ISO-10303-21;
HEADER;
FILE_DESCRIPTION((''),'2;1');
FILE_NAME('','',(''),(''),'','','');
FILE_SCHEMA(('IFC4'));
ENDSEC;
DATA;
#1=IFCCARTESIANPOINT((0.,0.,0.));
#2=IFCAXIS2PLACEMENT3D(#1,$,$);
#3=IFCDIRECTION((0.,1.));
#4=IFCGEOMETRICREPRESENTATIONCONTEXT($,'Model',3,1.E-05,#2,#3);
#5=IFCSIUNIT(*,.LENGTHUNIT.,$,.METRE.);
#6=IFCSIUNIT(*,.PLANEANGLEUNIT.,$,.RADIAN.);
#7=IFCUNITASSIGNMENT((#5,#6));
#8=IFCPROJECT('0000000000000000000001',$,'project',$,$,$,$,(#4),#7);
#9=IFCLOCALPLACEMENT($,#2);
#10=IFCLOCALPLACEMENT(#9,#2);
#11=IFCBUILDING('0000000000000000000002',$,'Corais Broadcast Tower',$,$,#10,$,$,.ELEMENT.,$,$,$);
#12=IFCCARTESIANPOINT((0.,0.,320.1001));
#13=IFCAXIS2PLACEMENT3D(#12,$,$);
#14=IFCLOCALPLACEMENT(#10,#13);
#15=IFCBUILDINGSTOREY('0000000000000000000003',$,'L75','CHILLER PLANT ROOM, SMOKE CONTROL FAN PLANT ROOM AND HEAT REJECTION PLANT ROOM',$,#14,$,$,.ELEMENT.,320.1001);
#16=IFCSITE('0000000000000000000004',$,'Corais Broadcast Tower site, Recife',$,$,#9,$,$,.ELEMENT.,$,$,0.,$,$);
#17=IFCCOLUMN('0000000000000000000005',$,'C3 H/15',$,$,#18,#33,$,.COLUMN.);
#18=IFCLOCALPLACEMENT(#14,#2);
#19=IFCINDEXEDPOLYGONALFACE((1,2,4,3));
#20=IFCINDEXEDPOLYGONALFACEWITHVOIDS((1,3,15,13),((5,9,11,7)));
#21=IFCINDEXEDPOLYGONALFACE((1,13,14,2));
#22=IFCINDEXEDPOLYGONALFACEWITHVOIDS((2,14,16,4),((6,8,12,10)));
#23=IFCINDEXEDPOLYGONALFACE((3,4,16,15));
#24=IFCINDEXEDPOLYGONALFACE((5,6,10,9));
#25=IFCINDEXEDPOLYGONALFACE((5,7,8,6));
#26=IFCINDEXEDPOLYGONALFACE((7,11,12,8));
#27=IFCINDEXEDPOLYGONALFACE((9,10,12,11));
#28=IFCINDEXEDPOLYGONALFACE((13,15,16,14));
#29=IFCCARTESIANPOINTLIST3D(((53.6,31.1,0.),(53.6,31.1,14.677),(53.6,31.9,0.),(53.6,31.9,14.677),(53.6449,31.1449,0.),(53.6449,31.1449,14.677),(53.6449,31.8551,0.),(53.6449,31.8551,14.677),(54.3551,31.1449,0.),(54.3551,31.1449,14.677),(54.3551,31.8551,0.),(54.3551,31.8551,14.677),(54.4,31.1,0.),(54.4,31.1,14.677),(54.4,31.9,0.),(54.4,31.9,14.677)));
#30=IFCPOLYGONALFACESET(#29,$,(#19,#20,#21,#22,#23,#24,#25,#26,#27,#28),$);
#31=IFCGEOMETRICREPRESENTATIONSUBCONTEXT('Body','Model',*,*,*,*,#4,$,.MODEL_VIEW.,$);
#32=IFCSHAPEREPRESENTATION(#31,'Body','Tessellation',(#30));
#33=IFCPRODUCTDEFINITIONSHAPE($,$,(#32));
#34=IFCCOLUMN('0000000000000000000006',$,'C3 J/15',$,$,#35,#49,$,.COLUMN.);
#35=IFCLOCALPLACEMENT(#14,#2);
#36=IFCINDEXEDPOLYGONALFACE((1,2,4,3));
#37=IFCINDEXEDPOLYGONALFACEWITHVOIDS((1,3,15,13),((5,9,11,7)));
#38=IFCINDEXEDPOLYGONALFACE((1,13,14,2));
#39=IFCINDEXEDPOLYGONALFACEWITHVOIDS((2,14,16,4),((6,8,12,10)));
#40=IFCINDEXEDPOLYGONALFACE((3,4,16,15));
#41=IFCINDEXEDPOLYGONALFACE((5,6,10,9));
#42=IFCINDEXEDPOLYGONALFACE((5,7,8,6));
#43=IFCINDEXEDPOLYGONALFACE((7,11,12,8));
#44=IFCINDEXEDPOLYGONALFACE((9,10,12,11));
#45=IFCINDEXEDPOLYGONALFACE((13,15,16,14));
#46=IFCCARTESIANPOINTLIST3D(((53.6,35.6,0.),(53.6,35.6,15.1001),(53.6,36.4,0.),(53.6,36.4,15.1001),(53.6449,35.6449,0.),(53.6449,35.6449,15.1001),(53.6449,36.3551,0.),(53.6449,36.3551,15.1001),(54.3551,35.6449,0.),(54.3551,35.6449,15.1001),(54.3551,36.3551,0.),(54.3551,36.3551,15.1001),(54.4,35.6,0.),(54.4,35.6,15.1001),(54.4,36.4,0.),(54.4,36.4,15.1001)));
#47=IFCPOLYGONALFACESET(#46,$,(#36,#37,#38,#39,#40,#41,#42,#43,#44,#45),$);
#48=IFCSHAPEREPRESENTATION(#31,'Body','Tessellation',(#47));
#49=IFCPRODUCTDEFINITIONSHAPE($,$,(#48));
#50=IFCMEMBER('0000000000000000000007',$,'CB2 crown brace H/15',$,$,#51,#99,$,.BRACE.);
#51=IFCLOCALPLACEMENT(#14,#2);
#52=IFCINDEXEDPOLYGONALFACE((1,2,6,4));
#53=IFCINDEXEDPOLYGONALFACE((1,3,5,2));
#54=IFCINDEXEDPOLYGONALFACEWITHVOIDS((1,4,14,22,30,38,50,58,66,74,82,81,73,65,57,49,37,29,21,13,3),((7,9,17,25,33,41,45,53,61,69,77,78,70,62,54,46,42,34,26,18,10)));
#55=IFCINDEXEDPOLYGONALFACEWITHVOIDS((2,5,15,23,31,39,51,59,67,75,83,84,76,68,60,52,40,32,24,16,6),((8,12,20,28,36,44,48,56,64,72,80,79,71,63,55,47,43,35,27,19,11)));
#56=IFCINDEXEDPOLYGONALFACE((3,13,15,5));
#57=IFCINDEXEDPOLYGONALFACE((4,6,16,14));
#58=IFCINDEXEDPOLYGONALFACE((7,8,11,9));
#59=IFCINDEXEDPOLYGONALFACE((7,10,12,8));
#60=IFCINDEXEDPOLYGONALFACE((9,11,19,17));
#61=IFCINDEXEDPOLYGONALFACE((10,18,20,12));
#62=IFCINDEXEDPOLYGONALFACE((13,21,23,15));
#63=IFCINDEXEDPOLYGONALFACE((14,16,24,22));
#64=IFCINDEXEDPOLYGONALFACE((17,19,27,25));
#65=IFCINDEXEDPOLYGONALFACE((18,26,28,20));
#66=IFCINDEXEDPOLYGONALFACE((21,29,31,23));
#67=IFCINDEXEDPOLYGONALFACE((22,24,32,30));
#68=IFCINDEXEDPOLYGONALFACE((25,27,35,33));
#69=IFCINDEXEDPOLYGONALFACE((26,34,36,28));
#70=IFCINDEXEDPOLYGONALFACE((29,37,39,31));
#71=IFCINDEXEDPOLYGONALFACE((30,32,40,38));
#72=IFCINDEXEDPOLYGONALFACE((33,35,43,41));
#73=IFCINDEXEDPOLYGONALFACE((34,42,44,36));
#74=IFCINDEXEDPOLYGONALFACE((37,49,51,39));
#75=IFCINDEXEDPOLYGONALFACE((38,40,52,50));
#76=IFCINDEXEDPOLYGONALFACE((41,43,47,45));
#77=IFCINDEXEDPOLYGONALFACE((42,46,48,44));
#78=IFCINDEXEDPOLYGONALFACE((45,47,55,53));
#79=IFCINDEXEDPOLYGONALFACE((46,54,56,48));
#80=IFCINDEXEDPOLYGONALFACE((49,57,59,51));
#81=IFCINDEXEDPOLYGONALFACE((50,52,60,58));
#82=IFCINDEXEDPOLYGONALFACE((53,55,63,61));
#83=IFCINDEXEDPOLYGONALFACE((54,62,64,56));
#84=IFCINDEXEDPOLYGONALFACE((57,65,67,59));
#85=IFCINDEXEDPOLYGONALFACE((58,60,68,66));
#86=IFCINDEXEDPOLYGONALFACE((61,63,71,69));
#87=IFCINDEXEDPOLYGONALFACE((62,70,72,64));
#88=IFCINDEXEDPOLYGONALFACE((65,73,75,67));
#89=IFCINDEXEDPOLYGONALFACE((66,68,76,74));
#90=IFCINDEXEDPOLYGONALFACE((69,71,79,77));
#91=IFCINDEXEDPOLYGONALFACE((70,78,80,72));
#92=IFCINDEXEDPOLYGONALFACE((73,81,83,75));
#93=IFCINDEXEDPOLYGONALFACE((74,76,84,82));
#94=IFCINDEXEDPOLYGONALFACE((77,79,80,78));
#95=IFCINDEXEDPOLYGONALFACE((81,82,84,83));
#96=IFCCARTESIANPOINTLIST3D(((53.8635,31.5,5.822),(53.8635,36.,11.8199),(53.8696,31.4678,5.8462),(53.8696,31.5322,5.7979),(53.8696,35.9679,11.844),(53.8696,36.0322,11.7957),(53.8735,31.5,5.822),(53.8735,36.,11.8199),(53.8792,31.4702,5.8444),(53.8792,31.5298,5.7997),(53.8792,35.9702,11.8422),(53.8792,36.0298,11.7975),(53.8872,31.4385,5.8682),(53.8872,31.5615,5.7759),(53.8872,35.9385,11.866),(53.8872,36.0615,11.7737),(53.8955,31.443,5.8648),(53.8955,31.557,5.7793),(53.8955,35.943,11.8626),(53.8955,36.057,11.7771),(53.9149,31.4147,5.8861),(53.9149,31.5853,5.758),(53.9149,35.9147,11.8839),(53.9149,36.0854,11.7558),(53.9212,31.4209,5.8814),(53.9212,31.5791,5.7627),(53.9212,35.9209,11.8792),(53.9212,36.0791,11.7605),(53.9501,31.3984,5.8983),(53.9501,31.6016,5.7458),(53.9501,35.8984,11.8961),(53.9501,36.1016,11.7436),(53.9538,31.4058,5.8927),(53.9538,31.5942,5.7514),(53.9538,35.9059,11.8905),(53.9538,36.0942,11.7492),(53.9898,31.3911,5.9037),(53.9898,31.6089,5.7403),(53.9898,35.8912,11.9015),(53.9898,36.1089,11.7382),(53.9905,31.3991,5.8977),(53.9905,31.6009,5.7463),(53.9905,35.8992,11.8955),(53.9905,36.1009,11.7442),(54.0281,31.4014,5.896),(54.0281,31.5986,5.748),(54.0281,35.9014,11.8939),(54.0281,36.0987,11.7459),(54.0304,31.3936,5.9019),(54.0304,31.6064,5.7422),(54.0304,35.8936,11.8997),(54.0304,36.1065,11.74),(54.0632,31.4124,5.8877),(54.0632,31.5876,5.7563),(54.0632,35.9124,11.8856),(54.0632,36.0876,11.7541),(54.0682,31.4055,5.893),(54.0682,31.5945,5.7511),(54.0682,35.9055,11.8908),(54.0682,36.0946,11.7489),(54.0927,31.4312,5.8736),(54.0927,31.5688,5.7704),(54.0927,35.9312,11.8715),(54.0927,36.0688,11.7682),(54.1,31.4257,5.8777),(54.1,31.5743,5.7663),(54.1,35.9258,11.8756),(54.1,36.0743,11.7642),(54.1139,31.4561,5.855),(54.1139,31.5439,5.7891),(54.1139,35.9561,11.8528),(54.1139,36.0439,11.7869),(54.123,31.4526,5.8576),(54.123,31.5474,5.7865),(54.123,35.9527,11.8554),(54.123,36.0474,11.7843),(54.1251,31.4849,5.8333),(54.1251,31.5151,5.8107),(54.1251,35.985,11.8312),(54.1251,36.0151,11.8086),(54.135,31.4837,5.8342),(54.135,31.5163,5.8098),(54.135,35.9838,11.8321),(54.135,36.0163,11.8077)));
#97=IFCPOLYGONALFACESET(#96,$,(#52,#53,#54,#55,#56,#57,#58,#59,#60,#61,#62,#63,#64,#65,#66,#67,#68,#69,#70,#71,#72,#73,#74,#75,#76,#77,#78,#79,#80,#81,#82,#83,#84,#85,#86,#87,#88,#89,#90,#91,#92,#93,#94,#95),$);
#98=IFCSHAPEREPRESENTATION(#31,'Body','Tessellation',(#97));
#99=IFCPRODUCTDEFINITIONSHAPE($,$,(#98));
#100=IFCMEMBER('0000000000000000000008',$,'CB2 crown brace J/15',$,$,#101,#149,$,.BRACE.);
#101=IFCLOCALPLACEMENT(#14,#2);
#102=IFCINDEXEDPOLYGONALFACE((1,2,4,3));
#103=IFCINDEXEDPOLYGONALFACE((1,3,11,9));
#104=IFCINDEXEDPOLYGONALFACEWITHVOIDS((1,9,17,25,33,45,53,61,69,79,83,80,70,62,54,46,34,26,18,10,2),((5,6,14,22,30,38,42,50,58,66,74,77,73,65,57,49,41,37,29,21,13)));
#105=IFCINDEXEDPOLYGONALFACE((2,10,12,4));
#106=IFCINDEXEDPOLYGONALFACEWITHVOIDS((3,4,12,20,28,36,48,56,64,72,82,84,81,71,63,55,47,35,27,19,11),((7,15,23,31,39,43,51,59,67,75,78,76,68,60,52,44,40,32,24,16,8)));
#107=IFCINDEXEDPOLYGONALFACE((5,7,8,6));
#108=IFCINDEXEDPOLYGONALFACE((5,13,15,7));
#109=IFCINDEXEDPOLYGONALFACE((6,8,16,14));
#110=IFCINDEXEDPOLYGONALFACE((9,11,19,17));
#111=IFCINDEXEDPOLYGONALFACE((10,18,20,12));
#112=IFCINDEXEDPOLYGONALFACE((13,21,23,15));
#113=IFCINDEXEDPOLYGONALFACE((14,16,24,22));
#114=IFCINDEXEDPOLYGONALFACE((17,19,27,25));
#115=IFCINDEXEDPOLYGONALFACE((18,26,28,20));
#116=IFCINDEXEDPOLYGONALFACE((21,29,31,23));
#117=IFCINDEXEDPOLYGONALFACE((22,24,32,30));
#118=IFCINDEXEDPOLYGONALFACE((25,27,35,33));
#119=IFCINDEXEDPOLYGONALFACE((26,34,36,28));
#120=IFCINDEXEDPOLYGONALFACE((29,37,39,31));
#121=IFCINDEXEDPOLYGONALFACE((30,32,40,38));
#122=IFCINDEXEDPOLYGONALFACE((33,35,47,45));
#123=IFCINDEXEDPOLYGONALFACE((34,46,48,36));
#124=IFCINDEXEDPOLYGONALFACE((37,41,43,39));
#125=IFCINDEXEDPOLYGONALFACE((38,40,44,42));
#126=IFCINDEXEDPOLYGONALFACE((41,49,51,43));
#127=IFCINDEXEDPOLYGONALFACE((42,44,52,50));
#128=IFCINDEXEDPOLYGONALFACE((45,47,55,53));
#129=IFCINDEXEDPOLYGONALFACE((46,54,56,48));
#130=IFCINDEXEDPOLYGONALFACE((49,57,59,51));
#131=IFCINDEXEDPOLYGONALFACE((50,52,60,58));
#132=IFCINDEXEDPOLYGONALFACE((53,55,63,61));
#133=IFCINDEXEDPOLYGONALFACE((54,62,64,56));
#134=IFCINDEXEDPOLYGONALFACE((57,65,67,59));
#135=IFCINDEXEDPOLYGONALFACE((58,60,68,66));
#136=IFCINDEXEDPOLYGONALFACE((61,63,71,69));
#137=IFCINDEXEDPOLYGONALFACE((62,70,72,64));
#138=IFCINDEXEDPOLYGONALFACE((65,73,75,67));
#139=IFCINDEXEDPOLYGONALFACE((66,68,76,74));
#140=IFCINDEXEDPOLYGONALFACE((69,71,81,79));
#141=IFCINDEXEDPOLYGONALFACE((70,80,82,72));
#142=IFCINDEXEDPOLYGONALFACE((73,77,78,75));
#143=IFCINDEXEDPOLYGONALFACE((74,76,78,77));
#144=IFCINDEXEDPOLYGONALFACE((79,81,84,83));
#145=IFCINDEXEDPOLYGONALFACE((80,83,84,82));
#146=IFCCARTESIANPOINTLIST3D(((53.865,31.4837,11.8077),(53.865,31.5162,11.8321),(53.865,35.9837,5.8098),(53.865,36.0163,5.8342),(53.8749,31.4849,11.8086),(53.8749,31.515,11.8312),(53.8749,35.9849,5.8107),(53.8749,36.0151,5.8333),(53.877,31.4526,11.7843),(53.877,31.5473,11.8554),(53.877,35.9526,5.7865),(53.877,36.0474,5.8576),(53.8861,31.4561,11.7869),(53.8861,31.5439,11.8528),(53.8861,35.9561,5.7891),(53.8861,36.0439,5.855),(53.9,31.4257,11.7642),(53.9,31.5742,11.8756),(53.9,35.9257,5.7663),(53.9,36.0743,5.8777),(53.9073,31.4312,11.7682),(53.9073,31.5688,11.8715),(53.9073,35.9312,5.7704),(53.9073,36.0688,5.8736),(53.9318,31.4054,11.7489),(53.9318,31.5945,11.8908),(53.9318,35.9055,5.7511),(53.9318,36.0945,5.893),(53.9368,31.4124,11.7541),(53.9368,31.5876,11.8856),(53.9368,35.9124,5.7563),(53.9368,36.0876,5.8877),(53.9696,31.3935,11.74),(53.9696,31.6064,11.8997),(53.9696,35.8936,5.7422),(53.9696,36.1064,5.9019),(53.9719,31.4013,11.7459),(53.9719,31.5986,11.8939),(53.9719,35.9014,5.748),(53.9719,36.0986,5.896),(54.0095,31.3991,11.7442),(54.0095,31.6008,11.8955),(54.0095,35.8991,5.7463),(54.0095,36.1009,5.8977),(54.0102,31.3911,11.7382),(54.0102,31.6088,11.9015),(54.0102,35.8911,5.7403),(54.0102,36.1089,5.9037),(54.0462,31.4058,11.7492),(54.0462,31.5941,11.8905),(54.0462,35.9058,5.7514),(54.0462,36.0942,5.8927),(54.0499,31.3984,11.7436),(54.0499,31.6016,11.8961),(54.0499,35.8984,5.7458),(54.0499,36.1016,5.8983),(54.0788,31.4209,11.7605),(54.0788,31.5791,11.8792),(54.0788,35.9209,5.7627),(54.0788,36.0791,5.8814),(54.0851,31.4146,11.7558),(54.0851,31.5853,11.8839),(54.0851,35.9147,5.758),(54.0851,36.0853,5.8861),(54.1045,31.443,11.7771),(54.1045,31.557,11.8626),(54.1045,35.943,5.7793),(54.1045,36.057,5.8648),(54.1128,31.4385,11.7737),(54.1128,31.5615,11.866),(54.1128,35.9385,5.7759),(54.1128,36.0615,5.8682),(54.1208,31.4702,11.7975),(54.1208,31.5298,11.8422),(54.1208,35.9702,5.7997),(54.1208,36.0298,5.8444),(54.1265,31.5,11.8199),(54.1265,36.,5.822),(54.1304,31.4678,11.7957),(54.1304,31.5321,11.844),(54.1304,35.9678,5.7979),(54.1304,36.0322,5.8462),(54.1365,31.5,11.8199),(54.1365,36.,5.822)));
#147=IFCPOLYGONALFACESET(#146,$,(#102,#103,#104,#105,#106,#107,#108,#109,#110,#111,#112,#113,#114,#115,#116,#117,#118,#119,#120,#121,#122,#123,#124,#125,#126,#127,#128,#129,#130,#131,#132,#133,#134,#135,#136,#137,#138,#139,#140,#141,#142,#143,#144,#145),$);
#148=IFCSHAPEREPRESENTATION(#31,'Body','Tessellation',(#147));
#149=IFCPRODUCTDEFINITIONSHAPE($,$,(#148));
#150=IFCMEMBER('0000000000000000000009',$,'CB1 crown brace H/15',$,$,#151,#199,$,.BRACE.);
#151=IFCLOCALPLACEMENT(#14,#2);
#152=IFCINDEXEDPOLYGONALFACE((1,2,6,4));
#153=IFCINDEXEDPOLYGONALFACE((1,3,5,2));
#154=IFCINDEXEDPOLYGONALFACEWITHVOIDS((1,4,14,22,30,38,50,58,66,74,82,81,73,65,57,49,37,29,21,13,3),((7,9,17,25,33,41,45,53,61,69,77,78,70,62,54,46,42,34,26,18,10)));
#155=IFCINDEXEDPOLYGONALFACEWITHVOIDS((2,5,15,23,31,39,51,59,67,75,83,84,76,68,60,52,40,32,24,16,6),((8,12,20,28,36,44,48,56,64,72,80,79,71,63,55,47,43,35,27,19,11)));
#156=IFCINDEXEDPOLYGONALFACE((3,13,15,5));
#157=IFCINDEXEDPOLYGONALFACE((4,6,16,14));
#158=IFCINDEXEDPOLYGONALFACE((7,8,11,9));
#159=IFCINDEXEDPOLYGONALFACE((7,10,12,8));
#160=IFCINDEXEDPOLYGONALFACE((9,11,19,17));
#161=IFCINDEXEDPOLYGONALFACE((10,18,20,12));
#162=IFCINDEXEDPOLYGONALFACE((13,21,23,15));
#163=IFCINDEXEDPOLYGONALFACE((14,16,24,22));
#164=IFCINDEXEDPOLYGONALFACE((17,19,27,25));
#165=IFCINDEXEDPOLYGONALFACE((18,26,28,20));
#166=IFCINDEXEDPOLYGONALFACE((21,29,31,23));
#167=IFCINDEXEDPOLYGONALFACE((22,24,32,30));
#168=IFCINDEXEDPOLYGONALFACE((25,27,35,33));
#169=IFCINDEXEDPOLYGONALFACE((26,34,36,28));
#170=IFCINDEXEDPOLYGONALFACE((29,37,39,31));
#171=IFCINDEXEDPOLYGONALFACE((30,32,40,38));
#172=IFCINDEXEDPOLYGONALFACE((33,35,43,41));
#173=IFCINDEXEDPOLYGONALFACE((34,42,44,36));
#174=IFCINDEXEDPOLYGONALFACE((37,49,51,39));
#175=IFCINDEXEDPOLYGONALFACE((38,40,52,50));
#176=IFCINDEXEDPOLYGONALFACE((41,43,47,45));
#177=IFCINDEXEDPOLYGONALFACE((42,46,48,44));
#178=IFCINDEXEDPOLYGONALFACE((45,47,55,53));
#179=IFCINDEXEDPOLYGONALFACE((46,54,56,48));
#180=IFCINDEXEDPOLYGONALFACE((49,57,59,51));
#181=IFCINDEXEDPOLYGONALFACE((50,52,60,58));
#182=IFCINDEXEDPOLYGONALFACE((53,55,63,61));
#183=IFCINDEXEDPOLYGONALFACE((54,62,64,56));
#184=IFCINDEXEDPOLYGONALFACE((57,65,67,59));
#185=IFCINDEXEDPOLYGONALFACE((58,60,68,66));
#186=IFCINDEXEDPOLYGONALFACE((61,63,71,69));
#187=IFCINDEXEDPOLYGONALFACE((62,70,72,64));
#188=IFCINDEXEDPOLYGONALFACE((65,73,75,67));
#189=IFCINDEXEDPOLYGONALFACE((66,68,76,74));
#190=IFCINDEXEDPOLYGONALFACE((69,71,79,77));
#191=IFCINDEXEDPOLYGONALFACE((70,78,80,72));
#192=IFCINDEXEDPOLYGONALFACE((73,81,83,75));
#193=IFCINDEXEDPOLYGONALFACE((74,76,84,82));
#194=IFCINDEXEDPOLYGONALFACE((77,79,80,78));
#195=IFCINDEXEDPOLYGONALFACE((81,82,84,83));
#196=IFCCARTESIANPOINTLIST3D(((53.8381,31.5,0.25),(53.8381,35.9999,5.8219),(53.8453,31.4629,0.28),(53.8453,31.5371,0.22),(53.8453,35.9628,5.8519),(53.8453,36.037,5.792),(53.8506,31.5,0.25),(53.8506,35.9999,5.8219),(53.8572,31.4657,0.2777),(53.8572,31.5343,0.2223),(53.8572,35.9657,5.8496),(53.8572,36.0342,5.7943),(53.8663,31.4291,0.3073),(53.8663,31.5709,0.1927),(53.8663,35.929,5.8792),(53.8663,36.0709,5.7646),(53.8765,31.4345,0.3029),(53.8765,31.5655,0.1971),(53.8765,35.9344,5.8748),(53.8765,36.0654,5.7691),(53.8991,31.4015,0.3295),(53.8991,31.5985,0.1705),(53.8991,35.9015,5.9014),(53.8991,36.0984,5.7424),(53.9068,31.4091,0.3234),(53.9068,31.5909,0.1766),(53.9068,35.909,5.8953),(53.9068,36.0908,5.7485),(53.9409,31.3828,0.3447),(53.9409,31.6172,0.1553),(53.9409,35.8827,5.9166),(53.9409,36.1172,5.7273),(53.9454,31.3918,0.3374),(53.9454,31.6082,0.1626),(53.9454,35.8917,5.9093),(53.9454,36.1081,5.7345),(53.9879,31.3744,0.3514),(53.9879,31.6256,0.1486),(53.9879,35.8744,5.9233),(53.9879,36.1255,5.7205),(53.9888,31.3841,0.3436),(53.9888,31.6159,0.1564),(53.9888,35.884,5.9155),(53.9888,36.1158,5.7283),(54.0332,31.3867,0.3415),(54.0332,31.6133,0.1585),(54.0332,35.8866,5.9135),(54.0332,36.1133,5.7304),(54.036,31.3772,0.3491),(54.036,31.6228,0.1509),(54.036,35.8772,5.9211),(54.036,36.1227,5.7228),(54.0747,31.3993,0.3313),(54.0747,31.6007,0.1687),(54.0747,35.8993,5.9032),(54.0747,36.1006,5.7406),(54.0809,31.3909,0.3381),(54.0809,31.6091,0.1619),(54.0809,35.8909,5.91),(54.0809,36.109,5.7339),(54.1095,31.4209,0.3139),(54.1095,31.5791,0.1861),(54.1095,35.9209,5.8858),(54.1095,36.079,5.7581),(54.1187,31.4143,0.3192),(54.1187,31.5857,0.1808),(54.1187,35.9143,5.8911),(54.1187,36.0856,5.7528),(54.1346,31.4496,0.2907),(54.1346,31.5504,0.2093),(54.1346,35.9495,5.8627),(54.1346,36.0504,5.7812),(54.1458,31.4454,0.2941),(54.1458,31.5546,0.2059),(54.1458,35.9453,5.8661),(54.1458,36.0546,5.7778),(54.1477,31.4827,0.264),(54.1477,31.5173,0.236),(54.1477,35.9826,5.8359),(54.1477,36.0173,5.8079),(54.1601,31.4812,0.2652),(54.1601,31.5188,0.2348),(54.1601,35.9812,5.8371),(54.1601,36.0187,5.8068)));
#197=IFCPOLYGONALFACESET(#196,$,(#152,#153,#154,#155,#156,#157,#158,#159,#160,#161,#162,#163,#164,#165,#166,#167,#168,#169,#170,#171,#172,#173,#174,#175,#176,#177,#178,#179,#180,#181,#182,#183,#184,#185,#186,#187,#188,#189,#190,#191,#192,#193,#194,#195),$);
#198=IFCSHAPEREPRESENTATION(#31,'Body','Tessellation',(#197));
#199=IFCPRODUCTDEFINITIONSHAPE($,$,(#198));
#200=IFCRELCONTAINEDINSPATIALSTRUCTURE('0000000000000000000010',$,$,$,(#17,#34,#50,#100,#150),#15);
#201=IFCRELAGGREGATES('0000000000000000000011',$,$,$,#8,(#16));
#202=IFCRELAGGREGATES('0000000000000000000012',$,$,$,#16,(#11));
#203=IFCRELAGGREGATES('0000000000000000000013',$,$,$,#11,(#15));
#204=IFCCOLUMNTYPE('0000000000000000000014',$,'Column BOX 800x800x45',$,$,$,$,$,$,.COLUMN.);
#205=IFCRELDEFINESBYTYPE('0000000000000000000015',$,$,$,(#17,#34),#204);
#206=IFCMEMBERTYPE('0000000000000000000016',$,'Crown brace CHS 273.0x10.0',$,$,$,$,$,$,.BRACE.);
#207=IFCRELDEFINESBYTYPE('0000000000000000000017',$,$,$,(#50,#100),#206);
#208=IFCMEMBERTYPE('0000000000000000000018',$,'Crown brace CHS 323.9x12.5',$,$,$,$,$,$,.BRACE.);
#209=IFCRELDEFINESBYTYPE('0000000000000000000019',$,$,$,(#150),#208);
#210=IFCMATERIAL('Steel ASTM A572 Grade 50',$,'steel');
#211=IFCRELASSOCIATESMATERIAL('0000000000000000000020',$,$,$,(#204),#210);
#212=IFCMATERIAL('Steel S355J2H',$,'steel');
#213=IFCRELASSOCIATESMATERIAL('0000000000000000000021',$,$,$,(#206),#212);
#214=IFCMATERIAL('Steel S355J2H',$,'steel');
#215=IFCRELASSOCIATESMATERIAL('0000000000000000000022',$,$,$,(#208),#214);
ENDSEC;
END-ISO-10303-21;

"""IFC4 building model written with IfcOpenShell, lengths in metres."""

from ifc_helpers import new_model, si_unit, direction, frame, origin, origin_2d, place, context, subcontext, project, spatial, hollow_rectangle, hollow_circle, extrude, material, material_profile, profile_set, type_object, element, save


model = new_model("IFC4")

# Units and contexts
model_context = context("Model", 3, precision=1e-05, world=origin(), true_north=direction((0.0, 1.0)))
body_context = subcontext(model_context, "Body", "Model", "MODEL_VIEW")
ifc_project = project(units=[si_unit("LENGTHUNIT", "METRE"), si_unit("PLANEANGLEUNIT", "RADIAN")], contexts=[model_context])

# Site, building, storey
site_placement = place(None, origin())
site = spatial("IfcSite", under=ifc_project, at=site_placement, Name="Corais Broadcast Tower site, Recife", CompositionType="ELEMENT", RefElevation=0.0)
building_placement = place(site_placement, origin())
building = spatial("IfcBuilding", under=site, at=building_placement, Name="Corais Broadcast Tower", CompositionType="ELEMENT")
storey_placement = place(building_placement, frame((0.0, 0.0, 320.1001)))
storey = spatial("IfcBuildingStorey", under=building, at=storey_placement, Name="L75", Description="CHILLER PLANT ROOM, SMOKE CONTROL FAN PLANT ROOM AND HEAT REJECTION PLANT ROOM", CompositionType="ELEMENT", Elevation=320.1001)

# Columns
ifc_material_1 = material(Name="Steel ASTM A572 Grade 50", Category="steel")
ifc_material_profile_1 = material_profile(ifc_material_1, hollow_rectangle(XDim=0.8, YDim=0.8, WallThickness=0.0449, at=origin_2d()), Name="BOX 800x800x45")
ifc_profile_set_1 = profile_set([ifc_material_profile_1], Name="Steel ASTM A572 Grade 50")
column_type = type_object("IfcColumnType", Name="Column BOX 800x800x45", PredefinedType="COLUMN", material=ifc_profile_set_1)
column_1_placement = place(storey_placement, frame((54.0, 31.5, 0.0), z_axis=(0.0, 0.0, 1.0), x_axis=(1.0, 0.0, 0.0)))
element("IfcColumn", 1, at=column_1_placement, inside=storey, type_object=column_type, Name="C3 H/15", PredefinedType="COLUMN", context=body_context, shape_type="SweptSolid", body=[
    extrude(hollow_rectangle(XDim=0.8, YDim=0.8, WallThickness=0.0449, at=origin_2d()), origin(), (0.0, 0.0, 1.0), 14.677),
])
column_2_placement = place(storey_placement, frame((54.0, 36.0, 0.0), z_axis=(0.0, 0.0, 1.0), x_axis=(1.0, 0.0, 0.0)))
element("IfcColumn", 2, at=column_2_placement, inside=storey, type_object=column_type, Name="C3 J/15", PredefinedType="COLUMN", context=body_context, shape_type="SweptSolid", body=[
    extrude(hollow_rectangle(XDim=0.8, YDim=0.8, WallThickness=0.0449, at=origin_2d()), origin(), (0.0, 0.0, 1.0), 15.1001),
])

# Members
ifc_material_2 = material(Name="Steel S355J2H", Category="steel")
ifc_material_profile_2 = material_profile(ifc_material_2, hollow_circle(Radius=0.1365, WallThickness=0.01, at=origin_2d()), Name="CHS 273.0x10.0")
ifc_profile_set_2 = profile_set([ifc_material_profile_2], Name="Steel S355J2H")
member_type_1 = type_object("IfcMemberType", Name="Crown brace CHS 273.0x10.0", PredefinedType="BRACE", material=ifc_profile_set_2)
for number, where, z_axis, x_axis, name in (
    (3, (54.0, 31.5, 5.822), (0.0, 0.600141, 0.799894), (-1.0, 0.0, 0.0), "CB2 crown brace H/15"),
    (4, (54.0, 36.0, 5.822), (0.0, -0.600141, 0.799894), (1.0, 0.0, 0.0), "CB2 crown brace J/15"),
):
    element("IfcMember", number, at=place(storey_placement, frame(where, z_axis=z_axis, x_axis=x_axis)), inside=storey, type_object=member_type_1, Name=name, PredefinedType="BRACE", context=body_context, shape_type="SweptSolid", body=[
        extrude(hollow_circle(Radius=0.1365, WallThickness=0.01, at=origin_2d()), origin(), (0.0, 0.0, 1.0), 7.4983),
    ])
ifc_material_3 = material(Name="Steel S355J2H", Category="steel")
ifc_material_profile_3 = material_profile(ifc_material_3, hollow_circle(Radius=0.1619, WallThickness=0.0125, at=origin_2d()), Name="CHS 323.9x12.5")
ifc_profile_set_3 = profile_set([ifc_material_profile_3], Name="Steel S355J2H")
member_type_2 = type_object("IfcMemberType", Name="Crown brace CHS 323.9x12.5", PredefinedType="BRACE", material=ifc_profile_set_3)
for number, where, z_axis, x_axis, name in (
    (5, (54.0, 31.5, 0.25), (0.0, 0.628297, 0.777974), (-1.0, 0.0, 0.0), "CB1 crown brace H/15"),
):
    element("IfcMember", number, at=place(storey_placement, frame(where, z_axis=z_axis, x_axis=x_axis)), inside=storey, type_object=member_type_2, Name=name, PredefinedType="BRACE", context=body_context, shape_type="SweptSolid", body=[
        extrude(hollow_circle(Radius=0.1619, WallThickness=0.0125, at=origin_2d()), origin(), (0.0, 0.0, 1.0), 7.1621),
    ])

save(model, "model.ifc")
